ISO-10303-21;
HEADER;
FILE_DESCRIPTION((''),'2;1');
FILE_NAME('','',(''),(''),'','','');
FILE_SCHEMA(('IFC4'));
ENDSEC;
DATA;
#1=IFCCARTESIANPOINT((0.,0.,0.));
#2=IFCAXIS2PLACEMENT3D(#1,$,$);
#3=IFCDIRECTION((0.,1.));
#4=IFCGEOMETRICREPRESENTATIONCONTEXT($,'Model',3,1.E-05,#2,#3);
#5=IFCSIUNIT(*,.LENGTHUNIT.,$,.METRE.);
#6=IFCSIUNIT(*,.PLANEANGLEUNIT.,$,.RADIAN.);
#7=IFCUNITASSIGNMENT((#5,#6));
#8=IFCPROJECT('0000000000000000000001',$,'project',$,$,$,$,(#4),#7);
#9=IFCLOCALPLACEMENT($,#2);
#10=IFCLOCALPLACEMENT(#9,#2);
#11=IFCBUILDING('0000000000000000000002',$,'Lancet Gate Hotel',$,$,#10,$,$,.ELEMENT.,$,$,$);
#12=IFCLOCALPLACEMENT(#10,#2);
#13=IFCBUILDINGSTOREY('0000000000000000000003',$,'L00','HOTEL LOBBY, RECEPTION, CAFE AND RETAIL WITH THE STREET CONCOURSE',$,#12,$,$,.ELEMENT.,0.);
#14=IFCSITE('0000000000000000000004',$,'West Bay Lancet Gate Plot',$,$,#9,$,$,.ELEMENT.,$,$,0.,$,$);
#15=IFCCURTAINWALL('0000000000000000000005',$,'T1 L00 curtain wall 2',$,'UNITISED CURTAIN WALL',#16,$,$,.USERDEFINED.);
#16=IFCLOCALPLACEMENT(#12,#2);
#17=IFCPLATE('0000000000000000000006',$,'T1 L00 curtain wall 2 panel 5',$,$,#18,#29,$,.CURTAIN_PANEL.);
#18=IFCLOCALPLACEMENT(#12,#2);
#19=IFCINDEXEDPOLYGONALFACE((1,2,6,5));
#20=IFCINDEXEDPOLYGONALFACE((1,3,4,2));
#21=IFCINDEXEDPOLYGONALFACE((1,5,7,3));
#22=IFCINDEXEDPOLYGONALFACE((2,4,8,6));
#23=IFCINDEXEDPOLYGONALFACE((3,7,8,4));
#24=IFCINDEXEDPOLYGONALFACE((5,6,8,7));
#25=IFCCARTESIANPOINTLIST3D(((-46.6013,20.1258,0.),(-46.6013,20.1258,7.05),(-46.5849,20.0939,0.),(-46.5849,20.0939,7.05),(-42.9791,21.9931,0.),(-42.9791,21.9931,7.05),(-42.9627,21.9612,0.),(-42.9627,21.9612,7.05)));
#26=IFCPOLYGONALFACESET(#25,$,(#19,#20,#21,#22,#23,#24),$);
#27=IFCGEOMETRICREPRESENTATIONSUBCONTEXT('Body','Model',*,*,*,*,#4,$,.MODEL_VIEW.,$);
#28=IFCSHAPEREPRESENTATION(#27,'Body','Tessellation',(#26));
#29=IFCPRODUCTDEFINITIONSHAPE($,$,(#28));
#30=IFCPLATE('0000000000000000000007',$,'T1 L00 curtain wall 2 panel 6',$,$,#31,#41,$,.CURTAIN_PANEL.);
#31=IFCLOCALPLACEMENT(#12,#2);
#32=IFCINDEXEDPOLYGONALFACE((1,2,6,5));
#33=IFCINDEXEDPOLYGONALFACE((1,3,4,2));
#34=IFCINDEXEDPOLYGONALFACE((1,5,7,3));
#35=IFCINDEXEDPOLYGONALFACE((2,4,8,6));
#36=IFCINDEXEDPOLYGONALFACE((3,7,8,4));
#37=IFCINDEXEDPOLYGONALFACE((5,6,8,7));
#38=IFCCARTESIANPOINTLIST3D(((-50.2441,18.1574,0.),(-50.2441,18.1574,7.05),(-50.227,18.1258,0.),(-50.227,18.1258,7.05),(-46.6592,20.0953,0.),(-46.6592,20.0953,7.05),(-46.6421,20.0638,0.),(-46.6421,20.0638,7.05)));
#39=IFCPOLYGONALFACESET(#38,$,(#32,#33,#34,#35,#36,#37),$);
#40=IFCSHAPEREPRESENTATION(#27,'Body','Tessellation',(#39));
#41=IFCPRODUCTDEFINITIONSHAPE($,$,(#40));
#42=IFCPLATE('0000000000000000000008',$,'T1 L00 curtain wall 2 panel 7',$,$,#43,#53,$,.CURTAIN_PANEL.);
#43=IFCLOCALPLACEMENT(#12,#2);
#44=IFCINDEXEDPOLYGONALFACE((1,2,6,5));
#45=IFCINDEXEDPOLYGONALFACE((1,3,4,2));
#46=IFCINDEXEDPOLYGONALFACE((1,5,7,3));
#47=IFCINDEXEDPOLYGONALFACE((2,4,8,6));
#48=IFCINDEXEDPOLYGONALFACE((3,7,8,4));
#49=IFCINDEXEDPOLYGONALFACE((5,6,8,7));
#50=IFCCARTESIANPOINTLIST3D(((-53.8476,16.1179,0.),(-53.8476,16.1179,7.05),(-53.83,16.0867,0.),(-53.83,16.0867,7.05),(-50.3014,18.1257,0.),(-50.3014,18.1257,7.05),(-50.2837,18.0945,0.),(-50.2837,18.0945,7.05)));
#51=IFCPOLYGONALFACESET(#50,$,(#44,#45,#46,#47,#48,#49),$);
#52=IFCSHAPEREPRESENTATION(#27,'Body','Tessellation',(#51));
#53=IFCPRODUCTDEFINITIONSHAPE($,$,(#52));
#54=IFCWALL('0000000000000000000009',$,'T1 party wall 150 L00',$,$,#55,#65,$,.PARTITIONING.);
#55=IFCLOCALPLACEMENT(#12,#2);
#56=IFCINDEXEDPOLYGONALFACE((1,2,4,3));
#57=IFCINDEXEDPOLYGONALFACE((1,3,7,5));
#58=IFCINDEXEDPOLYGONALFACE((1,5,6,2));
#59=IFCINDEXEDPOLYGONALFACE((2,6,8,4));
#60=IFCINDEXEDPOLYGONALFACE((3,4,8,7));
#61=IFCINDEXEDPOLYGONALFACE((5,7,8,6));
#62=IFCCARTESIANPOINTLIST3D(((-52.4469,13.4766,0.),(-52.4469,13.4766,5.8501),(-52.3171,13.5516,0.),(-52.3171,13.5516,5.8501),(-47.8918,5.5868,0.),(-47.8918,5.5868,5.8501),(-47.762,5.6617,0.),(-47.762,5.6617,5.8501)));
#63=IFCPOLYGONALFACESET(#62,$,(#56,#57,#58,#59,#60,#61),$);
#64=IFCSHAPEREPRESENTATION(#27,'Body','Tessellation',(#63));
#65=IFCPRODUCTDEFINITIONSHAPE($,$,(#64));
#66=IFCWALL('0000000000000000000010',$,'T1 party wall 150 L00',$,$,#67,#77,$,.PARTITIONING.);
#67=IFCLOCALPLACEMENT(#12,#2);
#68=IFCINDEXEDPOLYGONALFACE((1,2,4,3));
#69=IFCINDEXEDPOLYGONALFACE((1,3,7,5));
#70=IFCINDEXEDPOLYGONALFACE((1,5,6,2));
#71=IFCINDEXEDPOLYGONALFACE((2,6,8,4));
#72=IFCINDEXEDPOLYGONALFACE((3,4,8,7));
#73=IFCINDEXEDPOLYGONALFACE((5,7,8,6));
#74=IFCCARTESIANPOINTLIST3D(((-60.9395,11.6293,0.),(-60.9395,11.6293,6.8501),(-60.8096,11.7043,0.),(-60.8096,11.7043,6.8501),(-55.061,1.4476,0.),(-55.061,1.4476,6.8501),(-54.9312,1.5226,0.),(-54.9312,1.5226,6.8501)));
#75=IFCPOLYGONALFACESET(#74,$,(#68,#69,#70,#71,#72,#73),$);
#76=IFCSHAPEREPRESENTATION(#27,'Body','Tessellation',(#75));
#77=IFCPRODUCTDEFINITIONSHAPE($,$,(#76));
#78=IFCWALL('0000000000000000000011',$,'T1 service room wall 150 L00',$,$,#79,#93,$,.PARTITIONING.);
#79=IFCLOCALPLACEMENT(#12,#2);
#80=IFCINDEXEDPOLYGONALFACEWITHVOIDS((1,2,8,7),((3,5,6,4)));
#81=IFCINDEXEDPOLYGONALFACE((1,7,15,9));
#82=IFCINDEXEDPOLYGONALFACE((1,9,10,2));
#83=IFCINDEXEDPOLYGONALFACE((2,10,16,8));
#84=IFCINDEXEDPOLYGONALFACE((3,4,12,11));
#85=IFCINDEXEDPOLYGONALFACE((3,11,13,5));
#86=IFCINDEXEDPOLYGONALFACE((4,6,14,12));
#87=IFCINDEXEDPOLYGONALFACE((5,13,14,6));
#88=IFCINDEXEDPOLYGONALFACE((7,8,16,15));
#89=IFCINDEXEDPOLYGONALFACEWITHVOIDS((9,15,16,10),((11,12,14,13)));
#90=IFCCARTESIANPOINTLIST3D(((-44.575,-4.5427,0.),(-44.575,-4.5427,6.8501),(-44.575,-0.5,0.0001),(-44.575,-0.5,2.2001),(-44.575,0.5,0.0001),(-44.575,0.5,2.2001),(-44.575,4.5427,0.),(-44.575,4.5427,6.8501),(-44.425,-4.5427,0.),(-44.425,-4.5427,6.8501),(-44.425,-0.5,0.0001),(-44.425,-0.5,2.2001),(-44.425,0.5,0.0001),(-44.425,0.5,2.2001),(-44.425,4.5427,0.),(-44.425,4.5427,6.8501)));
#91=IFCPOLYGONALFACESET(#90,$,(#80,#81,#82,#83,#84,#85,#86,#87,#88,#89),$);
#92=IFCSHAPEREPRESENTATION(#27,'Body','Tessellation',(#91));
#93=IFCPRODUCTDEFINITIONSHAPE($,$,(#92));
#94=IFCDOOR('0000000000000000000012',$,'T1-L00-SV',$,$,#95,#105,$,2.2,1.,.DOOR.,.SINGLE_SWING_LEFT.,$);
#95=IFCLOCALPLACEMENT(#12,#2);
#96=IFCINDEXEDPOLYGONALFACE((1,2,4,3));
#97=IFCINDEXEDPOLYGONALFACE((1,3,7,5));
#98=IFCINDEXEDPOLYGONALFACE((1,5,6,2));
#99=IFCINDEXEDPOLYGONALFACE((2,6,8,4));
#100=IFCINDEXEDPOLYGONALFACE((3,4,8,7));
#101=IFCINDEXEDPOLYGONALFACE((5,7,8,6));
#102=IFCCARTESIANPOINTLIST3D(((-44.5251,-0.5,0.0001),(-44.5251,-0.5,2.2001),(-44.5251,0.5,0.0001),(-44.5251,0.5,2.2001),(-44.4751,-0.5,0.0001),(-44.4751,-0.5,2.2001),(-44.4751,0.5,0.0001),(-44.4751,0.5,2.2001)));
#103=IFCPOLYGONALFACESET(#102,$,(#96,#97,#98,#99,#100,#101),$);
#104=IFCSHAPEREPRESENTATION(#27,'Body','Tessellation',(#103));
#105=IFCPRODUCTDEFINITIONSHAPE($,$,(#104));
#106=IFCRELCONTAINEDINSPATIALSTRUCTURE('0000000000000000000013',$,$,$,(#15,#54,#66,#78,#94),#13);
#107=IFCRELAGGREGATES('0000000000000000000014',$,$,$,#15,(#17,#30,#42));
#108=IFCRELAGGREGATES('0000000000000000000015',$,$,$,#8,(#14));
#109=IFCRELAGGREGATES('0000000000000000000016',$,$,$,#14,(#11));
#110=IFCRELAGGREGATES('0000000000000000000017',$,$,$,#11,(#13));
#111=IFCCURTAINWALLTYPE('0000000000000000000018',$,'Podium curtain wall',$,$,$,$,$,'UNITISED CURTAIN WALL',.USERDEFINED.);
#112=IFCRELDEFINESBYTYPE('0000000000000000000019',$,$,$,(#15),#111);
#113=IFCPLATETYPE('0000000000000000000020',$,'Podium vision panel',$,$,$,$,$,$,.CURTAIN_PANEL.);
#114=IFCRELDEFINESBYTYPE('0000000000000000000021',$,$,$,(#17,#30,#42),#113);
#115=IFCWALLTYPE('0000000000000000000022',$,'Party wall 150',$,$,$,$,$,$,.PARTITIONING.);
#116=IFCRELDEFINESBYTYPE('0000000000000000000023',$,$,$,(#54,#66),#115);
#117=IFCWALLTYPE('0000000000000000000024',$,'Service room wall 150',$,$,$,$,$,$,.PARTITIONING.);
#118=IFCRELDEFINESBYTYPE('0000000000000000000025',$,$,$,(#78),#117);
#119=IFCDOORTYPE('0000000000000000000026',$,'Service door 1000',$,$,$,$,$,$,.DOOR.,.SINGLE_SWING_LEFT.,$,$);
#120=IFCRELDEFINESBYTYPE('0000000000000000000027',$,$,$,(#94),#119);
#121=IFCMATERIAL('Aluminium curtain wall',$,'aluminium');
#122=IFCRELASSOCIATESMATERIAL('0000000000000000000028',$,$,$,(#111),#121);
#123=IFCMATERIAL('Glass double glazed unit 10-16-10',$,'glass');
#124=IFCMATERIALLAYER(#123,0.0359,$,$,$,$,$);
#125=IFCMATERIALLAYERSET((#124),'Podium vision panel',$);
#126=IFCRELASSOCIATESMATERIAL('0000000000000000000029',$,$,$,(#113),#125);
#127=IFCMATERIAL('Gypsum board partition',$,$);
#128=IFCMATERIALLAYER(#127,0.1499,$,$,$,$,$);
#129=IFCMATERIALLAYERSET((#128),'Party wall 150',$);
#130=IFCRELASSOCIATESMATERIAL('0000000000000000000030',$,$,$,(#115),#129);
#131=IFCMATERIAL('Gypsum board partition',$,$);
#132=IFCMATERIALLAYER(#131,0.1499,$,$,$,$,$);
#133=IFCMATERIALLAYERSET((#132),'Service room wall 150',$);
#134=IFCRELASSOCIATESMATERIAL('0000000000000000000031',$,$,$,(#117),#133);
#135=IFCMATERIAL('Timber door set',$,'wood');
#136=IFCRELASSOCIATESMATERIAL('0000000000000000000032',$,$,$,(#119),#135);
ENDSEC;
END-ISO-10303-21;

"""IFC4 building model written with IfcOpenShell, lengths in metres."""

from ifc_helpers import new_model, si_unit, direction, frame, frame_2d, origin, origin_2d, place, context, subcontext, project, spatial, rectangle, extrude, material, layer, layer_set, type_object, element, fill, aggregate, save


model = new_model("IFC4")

# Units and contexts
model_context = context("Model", 3, precision=1e-05, world=origin(), true_north=direction((0.0, 1.0)))
body_context = subcontext(model_context, "Body", "Model", "MODEL_VIEW")
ifc_project = project(units=[si_unit("LENGTHUNIT", "METRE"), si_unit("PLANEANGLEUNIT", "RADIAN")], contexts=[model_context])

# Site, building, storey
site_placement = place(None, origin())
site = spatial("IfcSite", under=ifc_project, at=site_placement, Name="West Bay Lancet Gate Plot", CompositionType="ELEMENT", RefElevation=0.0)
building_placement = place(site_placement, origin())
building = spatial("IfcBuilding", under=site, at=building_placement, Name="Lancet Gate Hotel", CompositionType="ELEMENT")
storey_placement = place(building_placement, origin())
storey = spatial("IfcBuildingStorey", under=building, at=storey_placement, Name="L00", Description="HOTEL LOBBY, RECEPTION, CAFE AND RETAIL WITH THE STREET CONCOURSE", CompositionType="ELEMENT", Elevation=0.0)

# Curtain wall
ifc_material_1 = material(Name="Aluminium curtain wall", Category="aluminium")
curtain_wall_type = type_object("IfcCurtainWallType", Name="Podium curtain wall", ElementType="UNITISED CURTAIN WALL", PredefinedType="USERDEFINED", material=ifc_material_1)
curtain_wall_placement = place(storey_placement, origin())
curtain_wall = element("IfcCurtainWall", 1, at=curtain_wall_placement, inside=storey, type_object=curtain_wall_type, Name="T1 L00 curtain wall 2", ObjectType="UNITISED CURTAIN WALL", PredefinedType="USERDEFINED")

# Plates
ifc_material_2 = material(Name="Glass double glazed unit 10-16-10", Category="glass")
ifc_layer_1 = layer(ifc_material_2, 0.0359)
ifc_layer_set_1 = layer_set([ifc_layer_1], Name="Podium vision panel")
plate_type = type_object("IfcPlateType", Name="Podium vision panel", PredefinedType="CURTAIN_PANEL", material=ifc_layer_set_1)
plate_1_placement = place(storey_placement, frame((-44.782, 21.0435, 0.0), z_axis=(0.0, 0.0, 1.0), x_axis=(-0.888844, -0.45821, 0.0)))
plate_1 = element("IfcPlate", 2, at=plate_1_placement, type_object=plate_type, Name="T1 L00 curtain wall 2 panel 5", PredefinedType="CURTAIN_PANEL", context=body_context, shape_type="SweptSolid", body=[
    extrude(rectangle(XDim=4.0752, YDim=0.0359, at=origin_2d()), origin(), (0.0, 0.0, 1.0), 7.05),
])
plate_2_placement = place(storey_placement, frame((-48.4431, 19.1106, 0.0), z_axis=(0.0, 0.0, 1.0), x_axis=(-0.879693, -0.475541, 0.0)))
plate_2 = element("IfcPlate", 3, at=plate_2_placement, type_object=plate_type, Name="T1 L00 curtain wall 2 panel 6", PredefinedType="CURTAIN_PANEL", context=body_context, shape_type="SweptSolid", body=[
    extrude(rectangle(XDim=4.0752, YDim=0.0359, at=origin_2d()), origin(), (0.0, 0.0, 1.0), 7.05),
])
plate_3_placement = place(storey_placement, frame((-52.0657, 17.1062, 0.0), z_axis=(0.0, 0.0, 1.0), x_axis=(-0.870205, -0.49269, 0.0)))
plate_3 = element("IfcPlate", 4, at=plate_3_placement, type_object=plate_type, Name="T1 L00 curtain wall 2 panel 7", PredefinedType="CURTAIN_PANEL", context=body_context, shape_type="SweptSolid", body=[
    extrude(rectangle(XDim=4.0752, YDim=0.0359, at=origin_2d()), origin(), (0.0, 0.0, 1.0), 7.05),
])
aggregate(curtain_wall, [plate_1, plate_2, plate_3])

# Walls
ifc_material_3 = material(Name="Gypsum board partition")
ifc_layer_2 = layer(ifc_material_3, 0.1499)
ifc_layer_set_2 = layer_set([ifc_layer_2], Name="Party wall 150")
wall_type_1 = type_object("IfcWallType", Name="Party wall 150", PredefinedType="PARTITIONING", material=ifc_layer_set_2)
wall_1_placement = place(storey_placement, frame((-47.8269, 5.6243, 0.0), z_axis=(0.0, 0.0, 1.0), x_axis=(-0.499995, 0.866028, 0.0)))
element("IfcWall", 5, at=wall_1_placement, inside=storey, type_object=wall_type_1, Name="T1 party wall 150 L00", PredefinedType="PARTITIONING", context=body_context, shape_type="SweptSolid", body=[
    extrude(rectangle(XDim=9.1104, YDim=0.1499, at=frame_2d((4.5552, 0.0))), origin(), (0.0, 0.0, 1.0), 5.8501),
])
wall_2_placement = place(storey_placement, frame((-54.9961, 1.4851, 0.0), z_axis=(0.0, 0.0, 1.0), x_axis=(-0.500003, 0.866024, 0.0)))
element("IfcWall", 6, at=wall_2_placement, inside=storey, type_object=wall_type_1, Name="T1 party wall 150 L00", PredefinedType="PARTITIONING", context=body_context, shape_type="SweptSolid", body=[
    extrude(rectangle(XDim=11.7568, YDim=0.1499, at=frame_2d((5.8784, 0.0))), origin(), (0.0, 0.0, 1.0), 6.8501),
])

# Wall, opening, door
ifc_material_4 = material(Name="Gypsum board partition")
ifc_layer_3 = layer(ifc_material_4, 0.1499)
ifc_layer_set_3 = layer_set([ifc_layer_3], Name="Service room wall 150")
wall_type_2 = type_object("IfcWallType", Name="Service room wall 150", PredefinedType="PARTITIONING", material=ifc_layer_set_3)
wall_3_placement = place(storey_placement, frame((-44.5, 4.5427, 0.0), z_axis=(0.0, 0.0, 1.0), x_axis=(0.0, -1.0, 0.0)))
wall_3 = element("IfcWall", 7, at=wall_3_placement, inside=storey, type_object=wall_type_2, Name="T1 service room wall 150 L00", PredefinedType="PARTITIONING", context=body_context, shape_type="SweptSolid", body=[
    extrude(rectangle(XDim=9.0854, YDim=0.1499, at=frame_2d((4.5427, 0.0))), origin(), (0.0, 0.0, 1.0), 6.8501),
])
opening_1_placement = place(wall_3_placement, frame((4.0427, 0.0, 0.0)))
opening_1 = element("IfcOpeningElement", 8, at=opening_1_placement, cuts=wall_3, PredefinedType="OPENING", context=body_context, shape_type="SweptSolid", body=[
    extrude(rectangle(XDim=1.0, YDim=2.2, at=frame_2d((0.5, 1.1001))), frame((0.0, 0.085, 0.0), z_axis=(0.0, -1.0, 0.0), x_axis=(1.0, 0.0, 0.0)), (0.0, 0.0, 1.0), 0.1699),
])
ifc_material_5 = material(Name="Timber door set", Category="wood")
door_type_1 = type_object("IfcDoorType", Name="Service door 1000", OperationType="SINGLE_SWING_LEFT", PredefinedType="DOOR", material=ifc_material_5)
door_1_placement = place(opening_1_placement, origin())
door_1 = element("IfcDoor", 9, at=door_1_placement, inside=storey, type_object=door_type_1, Name="T1-L00-SV", OperationType="SINGLE_SWING_LEFT", OverallHeight=2.2, OverallWidth=1.0, PredefinedType="DOOR", context=body_context, shape_type="SweptSolid", body=[
    extrude(rectangle(XDim=1.0, YDim=2.2, at=frame_2d((0.5, 1.1001))), frame((0.0, 0.0249, 0.0), z_axis=(0.0, -1.0, 0.0), x_axis=(1.0, 0.0, 0.0)), (0.0, 0.0, 1.0), 0.05),
])
fill(opening_1, door_1)

save(model, "model.ifc")
